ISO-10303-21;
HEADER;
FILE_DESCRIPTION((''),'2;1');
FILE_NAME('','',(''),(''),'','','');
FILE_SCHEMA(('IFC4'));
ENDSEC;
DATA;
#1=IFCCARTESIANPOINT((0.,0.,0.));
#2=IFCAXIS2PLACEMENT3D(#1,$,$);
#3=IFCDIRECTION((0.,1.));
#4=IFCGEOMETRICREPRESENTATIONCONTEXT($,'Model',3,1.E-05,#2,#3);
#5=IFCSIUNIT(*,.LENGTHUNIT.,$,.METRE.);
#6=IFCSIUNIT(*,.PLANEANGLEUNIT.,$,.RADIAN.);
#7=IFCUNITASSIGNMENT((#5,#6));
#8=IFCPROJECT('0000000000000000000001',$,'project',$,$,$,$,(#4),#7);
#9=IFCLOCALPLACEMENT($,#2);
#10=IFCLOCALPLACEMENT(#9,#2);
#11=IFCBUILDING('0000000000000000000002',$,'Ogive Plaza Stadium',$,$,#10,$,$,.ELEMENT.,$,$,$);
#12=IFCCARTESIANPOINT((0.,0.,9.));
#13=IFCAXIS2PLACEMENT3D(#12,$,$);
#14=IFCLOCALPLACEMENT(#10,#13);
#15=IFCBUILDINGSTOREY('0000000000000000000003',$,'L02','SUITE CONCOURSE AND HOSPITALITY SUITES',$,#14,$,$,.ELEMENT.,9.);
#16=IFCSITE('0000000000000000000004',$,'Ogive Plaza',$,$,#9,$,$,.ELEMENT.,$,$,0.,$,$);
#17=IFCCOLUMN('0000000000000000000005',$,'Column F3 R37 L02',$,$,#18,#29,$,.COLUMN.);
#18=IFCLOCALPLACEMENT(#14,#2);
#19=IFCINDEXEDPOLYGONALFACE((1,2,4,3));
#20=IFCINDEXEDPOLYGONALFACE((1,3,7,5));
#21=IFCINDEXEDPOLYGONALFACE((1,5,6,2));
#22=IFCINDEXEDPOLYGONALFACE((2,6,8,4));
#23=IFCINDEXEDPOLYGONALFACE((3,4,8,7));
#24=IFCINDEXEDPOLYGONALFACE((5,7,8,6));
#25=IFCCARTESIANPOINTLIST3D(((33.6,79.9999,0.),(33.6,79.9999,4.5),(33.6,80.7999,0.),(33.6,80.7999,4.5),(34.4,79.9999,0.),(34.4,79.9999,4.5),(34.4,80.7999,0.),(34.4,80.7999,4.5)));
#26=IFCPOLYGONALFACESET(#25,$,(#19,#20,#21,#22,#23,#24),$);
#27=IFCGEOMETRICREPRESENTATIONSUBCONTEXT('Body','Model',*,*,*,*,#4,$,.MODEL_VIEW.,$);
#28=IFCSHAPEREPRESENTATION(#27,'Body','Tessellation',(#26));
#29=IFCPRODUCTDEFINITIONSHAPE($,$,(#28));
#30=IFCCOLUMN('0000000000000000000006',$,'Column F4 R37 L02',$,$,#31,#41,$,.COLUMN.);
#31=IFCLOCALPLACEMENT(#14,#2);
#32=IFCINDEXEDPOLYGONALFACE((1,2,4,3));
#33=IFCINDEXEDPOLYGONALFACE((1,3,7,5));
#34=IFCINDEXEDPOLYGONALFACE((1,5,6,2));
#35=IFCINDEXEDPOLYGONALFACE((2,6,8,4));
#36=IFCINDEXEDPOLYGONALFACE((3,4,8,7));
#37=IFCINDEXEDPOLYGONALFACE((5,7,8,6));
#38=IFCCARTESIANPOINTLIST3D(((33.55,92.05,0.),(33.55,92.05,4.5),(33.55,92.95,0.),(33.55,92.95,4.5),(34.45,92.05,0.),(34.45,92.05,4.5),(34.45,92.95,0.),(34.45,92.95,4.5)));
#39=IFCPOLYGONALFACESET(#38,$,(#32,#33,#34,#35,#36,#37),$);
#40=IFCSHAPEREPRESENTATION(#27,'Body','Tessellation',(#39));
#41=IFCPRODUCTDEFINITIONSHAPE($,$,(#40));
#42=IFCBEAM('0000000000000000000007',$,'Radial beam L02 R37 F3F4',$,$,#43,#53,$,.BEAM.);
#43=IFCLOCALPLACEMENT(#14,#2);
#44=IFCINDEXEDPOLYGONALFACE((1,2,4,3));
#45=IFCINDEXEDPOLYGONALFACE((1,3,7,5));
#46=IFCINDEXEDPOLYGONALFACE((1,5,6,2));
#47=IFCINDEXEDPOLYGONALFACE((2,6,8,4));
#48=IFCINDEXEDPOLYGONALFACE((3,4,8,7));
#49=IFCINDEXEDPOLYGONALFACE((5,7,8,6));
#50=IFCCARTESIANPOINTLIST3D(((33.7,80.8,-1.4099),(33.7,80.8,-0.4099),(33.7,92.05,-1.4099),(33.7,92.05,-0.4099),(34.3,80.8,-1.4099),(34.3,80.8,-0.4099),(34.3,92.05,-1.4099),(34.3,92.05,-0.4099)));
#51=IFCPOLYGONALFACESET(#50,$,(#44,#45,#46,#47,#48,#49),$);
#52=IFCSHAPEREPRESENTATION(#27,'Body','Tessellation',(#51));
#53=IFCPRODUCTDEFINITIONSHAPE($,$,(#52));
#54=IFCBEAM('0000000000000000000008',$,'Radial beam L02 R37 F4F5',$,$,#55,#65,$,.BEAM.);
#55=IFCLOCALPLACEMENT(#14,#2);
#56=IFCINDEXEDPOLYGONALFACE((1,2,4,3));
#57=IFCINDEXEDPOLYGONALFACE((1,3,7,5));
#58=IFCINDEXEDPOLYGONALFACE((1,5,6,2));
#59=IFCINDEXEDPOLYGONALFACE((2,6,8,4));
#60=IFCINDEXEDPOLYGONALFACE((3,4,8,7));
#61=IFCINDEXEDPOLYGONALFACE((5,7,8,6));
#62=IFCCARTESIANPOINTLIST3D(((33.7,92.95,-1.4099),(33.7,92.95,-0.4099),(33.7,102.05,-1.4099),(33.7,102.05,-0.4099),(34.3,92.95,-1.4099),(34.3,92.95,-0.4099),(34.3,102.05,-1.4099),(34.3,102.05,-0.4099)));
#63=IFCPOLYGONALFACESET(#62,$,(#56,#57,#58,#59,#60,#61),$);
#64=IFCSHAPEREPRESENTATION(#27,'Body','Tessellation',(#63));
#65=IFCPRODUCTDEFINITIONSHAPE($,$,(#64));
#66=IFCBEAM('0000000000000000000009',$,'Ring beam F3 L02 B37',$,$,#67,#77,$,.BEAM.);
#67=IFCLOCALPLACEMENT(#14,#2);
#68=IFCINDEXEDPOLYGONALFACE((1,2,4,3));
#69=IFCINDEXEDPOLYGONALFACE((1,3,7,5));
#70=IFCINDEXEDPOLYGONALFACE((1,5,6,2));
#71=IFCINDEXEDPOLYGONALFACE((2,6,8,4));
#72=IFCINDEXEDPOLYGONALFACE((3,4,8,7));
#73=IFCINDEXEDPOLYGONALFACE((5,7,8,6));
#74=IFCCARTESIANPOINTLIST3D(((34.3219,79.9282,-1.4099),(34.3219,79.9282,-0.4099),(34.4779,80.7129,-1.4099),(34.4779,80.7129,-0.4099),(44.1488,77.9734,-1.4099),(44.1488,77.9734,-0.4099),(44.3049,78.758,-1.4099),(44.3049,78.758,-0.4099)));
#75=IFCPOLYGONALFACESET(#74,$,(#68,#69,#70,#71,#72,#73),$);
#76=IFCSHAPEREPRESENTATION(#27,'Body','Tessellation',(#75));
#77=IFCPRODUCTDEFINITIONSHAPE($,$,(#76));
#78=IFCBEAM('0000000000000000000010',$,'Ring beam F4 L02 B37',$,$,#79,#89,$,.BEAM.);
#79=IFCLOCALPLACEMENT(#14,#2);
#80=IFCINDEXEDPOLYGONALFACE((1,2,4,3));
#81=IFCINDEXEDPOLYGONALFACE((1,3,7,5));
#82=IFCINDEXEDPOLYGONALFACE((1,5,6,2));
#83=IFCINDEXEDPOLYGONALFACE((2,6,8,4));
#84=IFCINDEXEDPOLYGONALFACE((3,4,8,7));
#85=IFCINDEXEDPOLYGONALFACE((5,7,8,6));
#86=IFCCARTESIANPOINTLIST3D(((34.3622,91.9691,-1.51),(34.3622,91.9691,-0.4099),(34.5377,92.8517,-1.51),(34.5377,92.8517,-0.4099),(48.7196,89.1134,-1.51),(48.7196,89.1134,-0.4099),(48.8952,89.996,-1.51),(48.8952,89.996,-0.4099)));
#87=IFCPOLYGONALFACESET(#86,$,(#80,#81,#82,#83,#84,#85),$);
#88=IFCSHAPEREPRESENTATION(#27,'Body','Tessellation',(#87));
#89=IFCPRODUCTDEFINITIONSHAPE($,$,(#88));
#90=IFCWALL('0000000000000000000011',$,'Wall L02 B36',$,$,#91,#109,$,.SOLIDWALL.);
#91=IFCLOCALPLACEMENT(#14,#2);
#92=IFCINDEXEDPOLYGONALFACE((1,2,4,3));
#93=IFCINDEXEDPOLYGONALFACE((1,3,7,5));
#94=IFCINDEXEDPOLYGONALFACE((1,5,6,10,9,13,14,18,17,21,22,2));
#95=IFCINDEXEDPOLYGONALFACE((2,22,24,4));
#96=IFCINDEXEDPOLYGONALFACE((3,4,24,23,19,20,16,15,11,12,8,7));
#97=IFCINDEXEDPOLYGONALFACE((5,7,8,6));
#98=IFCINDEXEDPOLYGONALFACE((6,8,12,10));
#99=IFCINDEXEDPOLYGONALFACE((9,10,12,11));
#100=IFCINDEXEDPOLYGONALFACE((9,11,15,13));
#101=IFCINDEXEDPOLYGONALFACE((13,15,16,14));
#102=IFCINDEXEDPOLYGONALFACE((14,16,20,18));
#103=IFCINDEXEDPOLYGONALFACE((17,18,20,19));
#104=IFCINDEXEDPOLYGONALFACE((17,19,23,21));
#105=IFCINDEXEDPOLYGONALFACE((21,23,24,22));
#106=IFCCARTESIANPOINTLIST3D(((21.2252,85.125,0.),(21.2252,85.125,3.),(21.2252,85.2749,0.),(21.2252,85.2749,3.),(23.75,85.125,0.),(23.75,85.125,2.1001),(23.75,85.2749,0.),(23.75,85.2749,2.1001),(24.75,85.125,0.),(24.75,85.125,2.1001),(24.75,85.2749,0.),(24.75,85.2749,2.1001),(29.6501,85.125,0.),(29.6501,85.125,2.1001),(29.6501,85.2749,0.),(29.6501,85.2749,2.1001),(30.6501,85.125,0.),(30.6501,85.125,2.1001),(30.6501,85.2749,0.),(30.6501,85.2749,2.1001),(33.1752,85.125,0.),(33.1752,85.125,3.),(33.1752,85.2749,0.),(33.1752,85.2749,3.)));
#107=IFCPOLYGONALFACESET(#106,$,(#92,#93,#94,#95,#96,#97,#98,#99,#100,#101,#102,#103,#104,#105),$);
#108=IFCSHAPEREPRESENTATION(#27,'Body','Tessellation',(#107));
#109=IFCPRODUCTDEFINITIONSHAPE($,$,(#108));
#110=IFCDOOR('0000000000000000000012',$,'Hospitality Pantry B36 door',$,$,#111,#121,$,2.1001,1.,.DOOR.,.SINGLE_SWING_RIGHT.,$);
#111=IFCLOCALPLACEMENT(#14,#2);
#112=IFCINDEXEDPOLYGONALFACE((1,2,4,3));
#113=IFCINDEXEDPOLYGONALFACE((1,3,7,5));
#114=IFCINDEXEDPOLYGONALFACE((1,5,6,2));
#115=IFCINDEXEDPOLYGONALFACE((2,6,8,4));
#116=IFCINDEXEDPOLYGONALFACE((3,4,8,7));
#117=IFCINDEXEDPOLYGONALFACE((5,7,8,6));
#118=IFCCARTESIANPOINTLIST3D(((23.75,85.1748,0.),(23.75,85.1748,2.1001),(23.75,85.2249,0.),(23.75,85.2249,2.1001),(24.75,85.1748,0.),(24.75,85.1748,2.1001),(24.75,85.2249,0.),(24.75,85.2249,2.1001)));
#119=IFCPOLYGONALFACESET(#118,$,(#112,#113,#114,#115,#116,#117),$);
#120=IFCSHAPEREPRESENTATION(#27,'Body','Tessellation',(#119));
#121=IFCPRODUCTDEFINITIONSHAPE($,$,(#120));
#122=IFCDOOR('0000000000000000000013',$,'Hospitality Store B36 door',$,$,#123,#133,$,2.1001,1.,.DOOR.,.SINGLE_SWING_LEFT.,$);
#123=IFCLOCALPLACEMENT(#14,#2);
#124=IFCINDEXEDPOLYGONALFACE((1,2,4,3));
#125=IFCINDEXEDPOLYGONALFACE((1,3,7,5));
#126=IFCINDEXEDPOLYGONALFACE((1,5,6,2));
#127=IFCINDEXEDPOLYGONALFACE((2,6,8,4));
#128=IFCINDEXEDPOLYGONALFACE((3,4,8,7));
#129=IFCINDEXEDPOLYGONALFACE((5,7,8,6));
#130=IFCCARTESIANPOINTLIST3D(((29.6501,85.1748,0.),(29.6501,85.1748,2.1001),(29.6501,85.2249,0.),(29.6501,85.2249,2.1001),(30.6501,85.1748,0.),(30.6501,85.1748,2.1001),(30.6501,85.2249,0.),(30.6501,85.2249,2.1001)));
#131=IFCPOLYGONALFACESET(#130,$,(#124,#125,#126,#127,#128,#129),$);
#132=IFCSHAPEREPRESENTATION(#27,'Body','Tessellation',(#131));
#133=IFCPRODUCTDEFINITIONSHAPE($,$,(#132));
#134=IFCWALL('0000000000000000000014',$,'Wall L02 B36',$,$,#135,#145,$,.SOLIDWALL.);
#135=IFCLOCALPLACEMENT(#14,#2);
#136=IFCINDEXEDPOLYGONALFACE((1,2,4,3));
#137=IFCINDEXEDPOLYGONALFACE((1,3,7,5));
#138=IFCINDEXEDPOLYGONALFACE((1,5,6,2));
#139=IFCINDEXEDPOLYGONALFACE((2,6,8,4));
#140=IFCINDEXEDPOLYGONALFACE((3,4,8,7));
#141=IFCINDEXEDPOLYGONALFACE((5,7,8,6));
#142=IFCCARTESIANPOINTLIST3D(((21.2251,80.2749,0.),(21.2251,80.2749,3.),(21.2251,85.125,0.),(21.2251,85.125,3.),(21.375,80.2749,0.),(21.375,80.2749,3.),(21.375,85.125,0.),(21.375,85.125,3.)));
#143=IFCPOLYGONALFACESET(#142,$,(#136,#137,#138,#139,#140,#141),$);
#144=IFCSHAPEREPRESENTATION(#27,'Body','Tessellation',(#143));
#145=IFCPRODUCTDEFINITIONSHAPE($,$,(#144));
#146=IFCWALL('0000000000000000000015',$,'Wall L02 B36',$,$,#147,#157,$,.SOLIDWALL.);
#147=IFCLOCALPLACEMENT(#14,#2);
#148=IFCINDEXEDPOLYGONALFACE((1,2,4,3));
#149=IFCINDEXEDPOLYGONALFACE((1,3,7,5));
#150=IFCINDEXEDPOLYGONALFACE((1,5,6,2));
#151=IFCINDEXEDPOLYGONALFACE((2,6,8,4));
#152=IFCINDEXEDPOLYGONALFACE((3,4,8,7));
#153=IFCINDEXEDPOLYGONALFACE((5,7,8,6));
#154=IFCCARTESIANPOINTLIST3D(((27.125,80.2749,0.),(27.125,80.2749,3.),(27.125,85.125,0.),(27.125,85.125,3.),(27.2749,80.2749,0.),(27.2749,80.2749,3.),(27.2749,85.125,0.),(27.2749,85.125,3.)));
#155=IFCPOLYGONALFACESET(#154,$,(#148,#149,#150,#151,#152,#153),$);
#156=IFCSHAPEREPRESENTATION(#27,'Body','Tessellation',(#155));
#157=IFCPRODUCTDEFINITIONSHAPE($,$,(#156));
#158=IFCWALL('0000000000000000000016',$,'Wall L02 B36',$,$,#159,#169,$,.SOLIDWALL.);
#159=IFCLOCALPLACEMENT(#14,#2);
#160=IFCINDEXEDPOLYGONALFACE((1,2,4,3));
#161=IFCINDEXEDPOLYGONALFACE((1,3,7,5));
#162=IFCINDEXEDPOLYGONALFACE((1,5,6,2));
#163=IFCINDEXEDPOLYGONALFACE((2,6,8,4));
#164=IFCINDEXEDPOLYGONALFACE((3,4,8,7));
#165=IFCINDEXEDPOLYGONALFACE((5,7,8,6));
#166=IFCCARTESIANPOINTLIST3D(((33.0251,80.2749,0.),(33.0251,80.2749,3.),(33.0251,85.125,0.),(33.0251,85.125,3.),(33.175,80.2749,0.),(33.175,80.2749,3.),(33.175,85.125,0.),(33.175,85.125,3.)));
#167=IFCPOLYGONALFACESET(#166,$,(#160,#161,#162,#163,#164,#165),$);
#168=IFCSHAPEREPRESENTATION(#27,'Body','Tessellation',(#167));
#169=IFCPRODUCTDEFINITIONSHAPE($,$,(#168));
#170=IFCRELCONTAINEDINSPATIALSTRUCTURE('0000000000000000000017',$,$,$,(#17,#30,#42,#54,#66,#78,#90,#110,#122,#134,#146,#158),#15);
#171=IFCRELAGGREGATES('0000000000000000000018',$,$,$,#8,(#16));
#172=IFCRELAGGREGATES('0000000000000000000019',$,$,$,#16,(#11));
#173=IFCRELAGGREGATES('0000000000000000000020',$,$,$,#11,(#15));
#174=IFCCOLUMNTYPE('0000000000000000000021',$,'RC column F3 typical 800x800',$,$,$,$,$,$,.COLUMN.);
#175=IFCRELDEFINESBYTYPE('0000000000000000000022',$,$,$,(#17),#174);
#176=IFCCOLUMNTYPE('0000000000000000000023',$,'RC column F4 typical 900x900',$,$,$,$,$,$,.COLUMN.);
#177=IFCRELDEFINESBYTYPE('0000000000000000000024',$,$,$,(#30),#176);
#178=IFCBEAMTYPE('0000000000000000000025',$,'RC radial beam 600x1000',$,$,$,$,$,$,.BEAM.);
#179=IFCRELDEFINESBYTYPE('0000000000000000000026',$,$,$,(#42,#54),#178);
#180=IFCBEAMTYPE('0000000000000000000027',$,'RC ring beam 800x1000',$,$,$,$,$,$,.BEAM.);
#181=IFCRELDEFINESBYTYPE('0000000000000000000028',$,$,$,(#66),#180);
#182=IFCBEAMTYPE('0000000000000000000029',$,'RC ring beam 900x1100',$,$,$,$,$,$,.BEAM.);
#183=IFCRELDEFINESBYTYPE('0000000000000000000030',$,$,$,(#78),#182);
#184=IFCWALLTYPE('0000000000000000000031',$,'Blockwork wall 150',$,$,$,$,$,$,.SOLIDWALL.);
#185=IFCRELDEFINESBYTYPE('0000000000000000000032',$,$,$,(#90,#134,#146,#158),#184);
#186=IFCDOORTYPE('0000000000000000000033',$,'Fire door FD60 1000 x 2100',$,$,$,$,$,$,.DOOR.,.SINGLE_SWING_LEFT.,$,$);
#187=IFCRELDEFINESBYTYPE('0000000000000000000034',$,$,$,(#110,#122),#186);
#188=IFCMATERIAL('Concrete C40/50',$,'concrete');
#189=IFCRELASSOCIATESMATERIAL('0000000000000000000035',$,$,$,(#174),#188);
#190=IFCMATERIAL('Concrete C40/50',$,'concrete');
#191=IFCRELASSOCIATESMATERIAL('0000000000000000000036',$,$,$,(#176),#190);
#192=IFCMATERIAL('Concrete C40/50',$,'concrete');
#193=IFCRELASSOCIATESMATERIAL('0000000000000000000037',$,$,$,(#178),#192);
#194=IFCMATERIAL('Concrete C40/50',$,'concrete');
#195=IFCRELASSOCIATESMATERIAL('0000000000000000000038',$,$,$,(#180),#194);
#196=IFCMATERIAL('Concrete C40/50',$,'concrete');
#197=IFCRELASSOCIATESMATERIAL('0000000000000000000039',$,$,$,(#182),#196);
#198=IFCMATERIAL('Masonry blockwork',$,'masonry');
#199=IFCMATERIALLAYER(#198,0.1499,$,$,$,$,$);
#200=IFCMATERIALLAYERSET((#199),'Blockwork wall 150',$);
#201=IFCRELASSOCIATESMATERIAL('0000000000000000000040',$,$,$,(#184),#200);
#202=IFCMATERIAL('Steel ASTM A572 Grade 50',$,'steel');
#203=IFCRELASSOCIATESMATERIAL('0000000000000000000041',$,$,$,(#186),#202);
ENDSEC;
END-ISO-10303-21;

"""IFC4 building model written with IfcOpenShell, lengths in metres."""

from ifc_helpers import new_model, si_unit, direction, frame, frame_2d, origin, origin_2d, place, context, subcontext, project, spatial, rectangle, extrude, material, layer, layer_set, material_profile, profile_set, type_object, element, fill, save


model = new_model("IFC4")

# Units and contexts
model_context = context("Model", 3, precision=1e-05, world=origin(), true_north=direction((0.0, 1.0)))
body_context = subcontext(model_context, "Body", "Model", "MODEL_VIEW")
ifc_project = project(units=[si_unit("LENGTHUNIT", "METRE"), si_unit("PLANEANGLEUNIT", "RADIAN")], contexts=[model_context])

# Site, building, storey
site_placement = place(None, origin())
site = spatial("IfcSite", under=ifc_project, at=site_placement, Name="Ogive Plaza", CompositionType="ELEMENT", RefElevation=0.0)
building_placement = place(site_placement, origin())
building = spatial("IfcBuilding", under=site, at=building_placement, Name="Ogive Plaza Stadium", CompositionType="ELEMENT")
storey_placement = place(building_placement, frame((0.0, 0.0, 9.0)))
storey = spatial("IfcBuildingStorey", under=building, at=storey_placement, Name="L02", Description="SUITE CONCOURSE AND HOSPITALITY SUITES", CompositionType="ELEMENT", Elevation=9.0)

# Columns
ifc_material_1 = material(Name="Concrete C40/50", Category="concrete")
ifc_material_profile_1 = material_profile(ifc_material_1, rectangle(XDim=0.8, YDim=0.8, at=origin_2d()), Name="RC 800x800")
ifc_profile_set_1 = profile_set([ifc_material_profile_1], Name="Concrete C40/50")
column_type_1 = type_object("IfcColumnType", Name="RC column F3 typical 800x800", PredefinedType="COLUMN", material=ifc_profile_set_1)
column_1_placement = place(storey_placement, frame((34.0, 80.3999, 0.0), z_axis=(0.0, 0.0, 1.0), x_axis=(-1.0, 0.0, 0.0)))
element("IfcColumn", 1, at=column_1_placement, inside=storey, type_object=column_type_1, Name="Column F3 R37 L02", PredefinedType="COLUMN", context=body_context, shape_type="SweptSolid", body=[
    extrude(rectangle(XDim=0.8, YDim=0.8, at=origin_2d()), origin(), (0.0, 0.0, 1.0), 4.5),
])
ifc_material_2 = material(Name="Concrete C40/50", Category="concrete")
ifc_material_profile_2 = material_profile(ifc_material_2, rectangle(XDim=0.8999, YDim=0.8999, at=origin_2d()), Name="RC 900x900")
ifc_profile_set_2 = profile_set([ifc_material_profile_2], Name="Concrete C40/50")
column_type_2 = type_object("IfcColumnType", Name="RC column F4 typical 900x900", PredefinedType="COLUMN", material=ifc_profile_set_2)
column_2_placement = place(storey_placement, frame((34.0, 92.5, 0.0), z_axis=(0.0, 0.0, 1.0), x_axis=(-1.0, 0.0, 0.0)))
element("IfcColumn", 2, at=column_2_placement, inside=storey, type_object=column_type_2, Name="Column F4 R37 L02", PredefinedType="COLUMN", context=body_context, shape_type="SweptSolid", body=[
    extrude(rectangle(XDim=0.8999, YDim=0.8999, at=origin_2d()), origin(), (0.0, 0.0, 1.0), 4.5),
])

# Beams
ifc_material_3 = material(Name="Concrete C40/50", Category="concrete")
ifc_material_profile_3 = material_profile(ifc_material_3, rectangle(XDim=0.6001, YDim=1.0, at=origin_2d()), Name="RC 600x1000")
ifc_profile_set_3 = profile_set([ifc_material_profile_3], Name="Concrete C40/50")
beam_type_1 = type_object("IfcBeamType", Name="RC radial beam 600x1000", PredefinedType="BEAM", material=ifc_profile_set_3)
beam_1_placement = place(storey_placement, frame((34.0, 80.8, -0.9099), z_axis=(0.0, 1.0, 0.0), x_axis=(-1.0, 0.0, 0.0)))
element("IfcBeam", 3, at=beam_1_placement, inside=storey, type_object=beam_type_1, Name="Radial beam L02 R37 F3F4", PredefinedType="BEAM", context=body_context, shape_type="SweptSolid", body=[
    extrude(rectangle(XDim=0.6001, YDim=1.0, at=origin_2d()), origin(), (0.0, 0.0, 1.0), 11.25),
])
beam_2_placement = place(storey_placement, frame((34.0, 92.95, -0.9099), z_axis=(0.0, 1.0, 0.0), x_axis=(-1.0, 0.0, 0.0)))
element("IfcBeam", 4, at=beam_2_placement, inside=storey, type_object=beam_type_1, Name="Radial beam L02 R37 F4F5", PredefinedType="BEAM", context=body_context, shape_type="SweptSolid", body=[
    extrude(rectangle(XDim=0.6001, YDim=1.0, at=origin_2d()), origin(), (0.0, 0.0, 1.0), 9.1001),
])
ifc_material_4 = material(Name="Concrete C40/50", Category="concrete")
ifc_material_profile_4 = material_profile(ifc_material_4, rectangle(XDim=0.8, YDim=1.0, at=origin_2d()), Name="RC 800x1000")
ifc_profile_set_4 = profile_set([ifc_material_profile_4], Name="Concrete C40/50")
beam_type_2 = type_object("IfcBeamType", Name="RC ring beam 800x1000", PredefinedType="BEAM", material=ifc_profile_set_4)
beam_3_placement = place(storey_placement, frame((34.3999, 80.3206, -0.9099), z_axis=(0.980783, -0.195104, 0.0), x_axis=(0.195104, 0.980783, 0.0)))
element("IfcBeam", 5, at=beam_3_placement, inside=storey, type_object=beam_type_2, Name="Ring beam F3 L02 B37", PredefinedType="BEAM", context=body_context, shape_type="SweptSolid", body=[
    extrude(rectangle(XDim=0.8, YDim=1.0, at=origin_2d()), origin(), (0.0, 0.0, 1.0), 10.0195),
])
ifc_material_5 = material(Name="Concrete C40/50", Category="concrete")
ifc_material_profile_5 = material_profile(ifc_material_5, rectangle(XDim=0.8999, YDim=1.1001, at=origin_2d()), Name="RC 900x1100")
ifc_profile_set_5 = profile_set([ifc_material_profile_5], Name="Concrete C40/50")
beam_type_3 = type_object("IfcBeamType", Name="RC ring beam 900x1100", PredefinedType="BEAM", material=ifc_profile_set_5)
beam_4_placement = place(storey_placement, frame((34.45, 92.4104, -0.96), z_axis=(0.980787, -0.19508, 0.0), x_axis=(0.19508, 0.980787, 0.0)))
element("IfcBeam", 6, at=beam_4_placement, inside=storey, type_object=beam_type_3, Name="Ring beam F4 L02 B37", PredefinedType="BEAM", context=body_context, shape_type="SweptSolid", body=[
    extrude(rectangle(XDim=0.8999, YDim=1.1001, at=origin_2d()), origin(), (0.0, 0.0, 1.0), 14.6387),
])

# Wall, openings, doors
ifc_material_6 = material(Name="Masonry blockwork", Category="masonry")
ifc_layer_1 = layer(ifc_material_6, 0.1499)
ifc_layer_set_1 = layer_set([ifc_layer_1], Name="Blockwork wall 150")
wall_type_1 = type_object("IfcWallType", Name="Blockwork wall 150", PredefinedType="SOLIDWALL", material=ifc_layer_set_1)
wall_1_placement = place(storey_placement, frame((21.2251, 85.2, 0.0), z_axis=(0.0, 0.0, 1.0), x_axis=(1.0, 0.0, 0.0)))
wall_1 = element("IfcWall", 7, at=wall_1_placement, inside=storey, type_object=wall_type_1, Name="Wall L02 B36", PredefinedType="SOLIDWALL", context=body_context, shape_type="SweptSolid", body=[
    extrude(rectangle(XDim=11.95, YDim=0.1499, at=frame_2d((5.9751, 0.0))), origin(), (0.0, 0.0, 1.0), 3.0),
])
opening_1_placement = place(wall_1_placement, frame((2.5249, 0.0, 0.0)))
opening_1 = element("IfcOpeningElement", 8, at=opening_1_placement, cuts=wall_1, PredefinedType="OPENING", context=body_context, shape_type="SweptSolid", body=[
    extrude(rectangle(XDim=1.0, YDim=2.1001, at=frame_2d((0.5, 1.05))), frame((0.0, 0.075, 0.0), z_axis=(0.0, -1.0, 0.0), x_axis=(1.0, 0.0, 0.0)), (0.0, 0.0, 1.0), 0.1499),
])
opening_2_placement = place(wall_1_placement, frame((8.425, 0.0, 0.0)))
opening_2 = element("IfcOpeningElement", 9, at=opening_2_placement, cuts=wall_1, PredefinedType="OPENING", context=body_context, shape_type="SweptSolid", body=[
    extrude(rectangle(XDim=1.0, YDim=2.1001, at=frame_2d((0.5, 1.05))), frame((0.0, 0.075, 0.0), z_axis=(0.0, -1.0, 0.0), x_axis=(1.0, 0.0, 0.0)), (0.0, 0.0, 1.0), 0.1499),
])
ifc_material_7 = material(Name="Steel ASTM A572 Grade 50", Category="steel")
door_type_1 = type_object("IfcDoorType", Name="Fire door FD60 1000 x 2100", OperationType="SINGLE_SWING_LEFT", PredefinedType="DOOR", material=ifc_material_7)
door_1_placement = place(opening_1_placement, origin())
door_1 = element("IfcDoor", 10, at=door_1_placement, inside=storey, type_object=door_type_1, Name="Hospitality Pantry B36 door", OperationType="SINGLE_SWING_RIGHT", OverallHeight=2.1001, OverallWidth=1.0, PredefinedType="DOOR", context=body_context, shape_type="SweptSolid", body=[
    extrude(rectangle(XDim=1.0, YDim=2.1001, at=frame_2d((0.5, 1.05))), frame((0.0, 0.0249, 0.0), z_axis=(0.0, -1.0, 0.0), x_axis=(1.0, 0.0, 0.0)), (0.0, 0.0, 1.0), 0.05),
])
fill(opening_1, door_1)
door_2_placement = place(opening_2_placement, origin())
door_2 = element("IfcDoor", 11, at=door_2_placement, inside=storey, type_object=door_type_1, Name="Hospitality Store B36 door", OperationType="SINGLE_SWING_LEFT", OverallHeight=2.1001, OverallWidth=1.0, PredefinedType="DOOR", context=body_context, shape_type="SweptSolid", body=[
    extrude(rectangle(XDim=1.0, YDim=2.1001, at=frame_2d((0.5, 1.05))), frame((0.0, 0.0249, 0.0), z_axis=(0.0, -1.0, 0.0), x_axis=(1.0, 0.0, 0.0)), (0.0, 0.0, 1.0), 0.05),
])
fill(opening_2, door_2)

# Walls
for number, where, z_axis, x_axis, name in (
    (12, (21.3, 80.2749, 0.0), (0.0, 0.0, 1.0), (0.0, 1.0, 0.0), "Wall L02 B36"),
    (13, (27.2, 80.2749, 0.0), (0.0, 0.0, 1.0), (0.0, 1.0, 0.0), "Wall L02 B36"),
    (14, (33.1001, 80.2749, 0.0), (0.0, 0.0, 1.0), (0.0, 1.0, 0.0), "Wall L02 B36"),
):
    element("IfcWall", number, at=place(storey_placement, frame(where, z_axis=z_axis, x_axis=x_axis)), inside=storey, type_object=wall_type_1, Name=name, PredefinedType="SOLIDWALL", context=body_context, shape_type="SweptSolid", body=[
        extrude(rectangle(XDim=4.8501, YDim=0.1499, at=frame_2d((2.425, 0.0))), origin(), (0.0, 0.0, 1.0), 3.0),
    ])

save(model, "model.ifc")
